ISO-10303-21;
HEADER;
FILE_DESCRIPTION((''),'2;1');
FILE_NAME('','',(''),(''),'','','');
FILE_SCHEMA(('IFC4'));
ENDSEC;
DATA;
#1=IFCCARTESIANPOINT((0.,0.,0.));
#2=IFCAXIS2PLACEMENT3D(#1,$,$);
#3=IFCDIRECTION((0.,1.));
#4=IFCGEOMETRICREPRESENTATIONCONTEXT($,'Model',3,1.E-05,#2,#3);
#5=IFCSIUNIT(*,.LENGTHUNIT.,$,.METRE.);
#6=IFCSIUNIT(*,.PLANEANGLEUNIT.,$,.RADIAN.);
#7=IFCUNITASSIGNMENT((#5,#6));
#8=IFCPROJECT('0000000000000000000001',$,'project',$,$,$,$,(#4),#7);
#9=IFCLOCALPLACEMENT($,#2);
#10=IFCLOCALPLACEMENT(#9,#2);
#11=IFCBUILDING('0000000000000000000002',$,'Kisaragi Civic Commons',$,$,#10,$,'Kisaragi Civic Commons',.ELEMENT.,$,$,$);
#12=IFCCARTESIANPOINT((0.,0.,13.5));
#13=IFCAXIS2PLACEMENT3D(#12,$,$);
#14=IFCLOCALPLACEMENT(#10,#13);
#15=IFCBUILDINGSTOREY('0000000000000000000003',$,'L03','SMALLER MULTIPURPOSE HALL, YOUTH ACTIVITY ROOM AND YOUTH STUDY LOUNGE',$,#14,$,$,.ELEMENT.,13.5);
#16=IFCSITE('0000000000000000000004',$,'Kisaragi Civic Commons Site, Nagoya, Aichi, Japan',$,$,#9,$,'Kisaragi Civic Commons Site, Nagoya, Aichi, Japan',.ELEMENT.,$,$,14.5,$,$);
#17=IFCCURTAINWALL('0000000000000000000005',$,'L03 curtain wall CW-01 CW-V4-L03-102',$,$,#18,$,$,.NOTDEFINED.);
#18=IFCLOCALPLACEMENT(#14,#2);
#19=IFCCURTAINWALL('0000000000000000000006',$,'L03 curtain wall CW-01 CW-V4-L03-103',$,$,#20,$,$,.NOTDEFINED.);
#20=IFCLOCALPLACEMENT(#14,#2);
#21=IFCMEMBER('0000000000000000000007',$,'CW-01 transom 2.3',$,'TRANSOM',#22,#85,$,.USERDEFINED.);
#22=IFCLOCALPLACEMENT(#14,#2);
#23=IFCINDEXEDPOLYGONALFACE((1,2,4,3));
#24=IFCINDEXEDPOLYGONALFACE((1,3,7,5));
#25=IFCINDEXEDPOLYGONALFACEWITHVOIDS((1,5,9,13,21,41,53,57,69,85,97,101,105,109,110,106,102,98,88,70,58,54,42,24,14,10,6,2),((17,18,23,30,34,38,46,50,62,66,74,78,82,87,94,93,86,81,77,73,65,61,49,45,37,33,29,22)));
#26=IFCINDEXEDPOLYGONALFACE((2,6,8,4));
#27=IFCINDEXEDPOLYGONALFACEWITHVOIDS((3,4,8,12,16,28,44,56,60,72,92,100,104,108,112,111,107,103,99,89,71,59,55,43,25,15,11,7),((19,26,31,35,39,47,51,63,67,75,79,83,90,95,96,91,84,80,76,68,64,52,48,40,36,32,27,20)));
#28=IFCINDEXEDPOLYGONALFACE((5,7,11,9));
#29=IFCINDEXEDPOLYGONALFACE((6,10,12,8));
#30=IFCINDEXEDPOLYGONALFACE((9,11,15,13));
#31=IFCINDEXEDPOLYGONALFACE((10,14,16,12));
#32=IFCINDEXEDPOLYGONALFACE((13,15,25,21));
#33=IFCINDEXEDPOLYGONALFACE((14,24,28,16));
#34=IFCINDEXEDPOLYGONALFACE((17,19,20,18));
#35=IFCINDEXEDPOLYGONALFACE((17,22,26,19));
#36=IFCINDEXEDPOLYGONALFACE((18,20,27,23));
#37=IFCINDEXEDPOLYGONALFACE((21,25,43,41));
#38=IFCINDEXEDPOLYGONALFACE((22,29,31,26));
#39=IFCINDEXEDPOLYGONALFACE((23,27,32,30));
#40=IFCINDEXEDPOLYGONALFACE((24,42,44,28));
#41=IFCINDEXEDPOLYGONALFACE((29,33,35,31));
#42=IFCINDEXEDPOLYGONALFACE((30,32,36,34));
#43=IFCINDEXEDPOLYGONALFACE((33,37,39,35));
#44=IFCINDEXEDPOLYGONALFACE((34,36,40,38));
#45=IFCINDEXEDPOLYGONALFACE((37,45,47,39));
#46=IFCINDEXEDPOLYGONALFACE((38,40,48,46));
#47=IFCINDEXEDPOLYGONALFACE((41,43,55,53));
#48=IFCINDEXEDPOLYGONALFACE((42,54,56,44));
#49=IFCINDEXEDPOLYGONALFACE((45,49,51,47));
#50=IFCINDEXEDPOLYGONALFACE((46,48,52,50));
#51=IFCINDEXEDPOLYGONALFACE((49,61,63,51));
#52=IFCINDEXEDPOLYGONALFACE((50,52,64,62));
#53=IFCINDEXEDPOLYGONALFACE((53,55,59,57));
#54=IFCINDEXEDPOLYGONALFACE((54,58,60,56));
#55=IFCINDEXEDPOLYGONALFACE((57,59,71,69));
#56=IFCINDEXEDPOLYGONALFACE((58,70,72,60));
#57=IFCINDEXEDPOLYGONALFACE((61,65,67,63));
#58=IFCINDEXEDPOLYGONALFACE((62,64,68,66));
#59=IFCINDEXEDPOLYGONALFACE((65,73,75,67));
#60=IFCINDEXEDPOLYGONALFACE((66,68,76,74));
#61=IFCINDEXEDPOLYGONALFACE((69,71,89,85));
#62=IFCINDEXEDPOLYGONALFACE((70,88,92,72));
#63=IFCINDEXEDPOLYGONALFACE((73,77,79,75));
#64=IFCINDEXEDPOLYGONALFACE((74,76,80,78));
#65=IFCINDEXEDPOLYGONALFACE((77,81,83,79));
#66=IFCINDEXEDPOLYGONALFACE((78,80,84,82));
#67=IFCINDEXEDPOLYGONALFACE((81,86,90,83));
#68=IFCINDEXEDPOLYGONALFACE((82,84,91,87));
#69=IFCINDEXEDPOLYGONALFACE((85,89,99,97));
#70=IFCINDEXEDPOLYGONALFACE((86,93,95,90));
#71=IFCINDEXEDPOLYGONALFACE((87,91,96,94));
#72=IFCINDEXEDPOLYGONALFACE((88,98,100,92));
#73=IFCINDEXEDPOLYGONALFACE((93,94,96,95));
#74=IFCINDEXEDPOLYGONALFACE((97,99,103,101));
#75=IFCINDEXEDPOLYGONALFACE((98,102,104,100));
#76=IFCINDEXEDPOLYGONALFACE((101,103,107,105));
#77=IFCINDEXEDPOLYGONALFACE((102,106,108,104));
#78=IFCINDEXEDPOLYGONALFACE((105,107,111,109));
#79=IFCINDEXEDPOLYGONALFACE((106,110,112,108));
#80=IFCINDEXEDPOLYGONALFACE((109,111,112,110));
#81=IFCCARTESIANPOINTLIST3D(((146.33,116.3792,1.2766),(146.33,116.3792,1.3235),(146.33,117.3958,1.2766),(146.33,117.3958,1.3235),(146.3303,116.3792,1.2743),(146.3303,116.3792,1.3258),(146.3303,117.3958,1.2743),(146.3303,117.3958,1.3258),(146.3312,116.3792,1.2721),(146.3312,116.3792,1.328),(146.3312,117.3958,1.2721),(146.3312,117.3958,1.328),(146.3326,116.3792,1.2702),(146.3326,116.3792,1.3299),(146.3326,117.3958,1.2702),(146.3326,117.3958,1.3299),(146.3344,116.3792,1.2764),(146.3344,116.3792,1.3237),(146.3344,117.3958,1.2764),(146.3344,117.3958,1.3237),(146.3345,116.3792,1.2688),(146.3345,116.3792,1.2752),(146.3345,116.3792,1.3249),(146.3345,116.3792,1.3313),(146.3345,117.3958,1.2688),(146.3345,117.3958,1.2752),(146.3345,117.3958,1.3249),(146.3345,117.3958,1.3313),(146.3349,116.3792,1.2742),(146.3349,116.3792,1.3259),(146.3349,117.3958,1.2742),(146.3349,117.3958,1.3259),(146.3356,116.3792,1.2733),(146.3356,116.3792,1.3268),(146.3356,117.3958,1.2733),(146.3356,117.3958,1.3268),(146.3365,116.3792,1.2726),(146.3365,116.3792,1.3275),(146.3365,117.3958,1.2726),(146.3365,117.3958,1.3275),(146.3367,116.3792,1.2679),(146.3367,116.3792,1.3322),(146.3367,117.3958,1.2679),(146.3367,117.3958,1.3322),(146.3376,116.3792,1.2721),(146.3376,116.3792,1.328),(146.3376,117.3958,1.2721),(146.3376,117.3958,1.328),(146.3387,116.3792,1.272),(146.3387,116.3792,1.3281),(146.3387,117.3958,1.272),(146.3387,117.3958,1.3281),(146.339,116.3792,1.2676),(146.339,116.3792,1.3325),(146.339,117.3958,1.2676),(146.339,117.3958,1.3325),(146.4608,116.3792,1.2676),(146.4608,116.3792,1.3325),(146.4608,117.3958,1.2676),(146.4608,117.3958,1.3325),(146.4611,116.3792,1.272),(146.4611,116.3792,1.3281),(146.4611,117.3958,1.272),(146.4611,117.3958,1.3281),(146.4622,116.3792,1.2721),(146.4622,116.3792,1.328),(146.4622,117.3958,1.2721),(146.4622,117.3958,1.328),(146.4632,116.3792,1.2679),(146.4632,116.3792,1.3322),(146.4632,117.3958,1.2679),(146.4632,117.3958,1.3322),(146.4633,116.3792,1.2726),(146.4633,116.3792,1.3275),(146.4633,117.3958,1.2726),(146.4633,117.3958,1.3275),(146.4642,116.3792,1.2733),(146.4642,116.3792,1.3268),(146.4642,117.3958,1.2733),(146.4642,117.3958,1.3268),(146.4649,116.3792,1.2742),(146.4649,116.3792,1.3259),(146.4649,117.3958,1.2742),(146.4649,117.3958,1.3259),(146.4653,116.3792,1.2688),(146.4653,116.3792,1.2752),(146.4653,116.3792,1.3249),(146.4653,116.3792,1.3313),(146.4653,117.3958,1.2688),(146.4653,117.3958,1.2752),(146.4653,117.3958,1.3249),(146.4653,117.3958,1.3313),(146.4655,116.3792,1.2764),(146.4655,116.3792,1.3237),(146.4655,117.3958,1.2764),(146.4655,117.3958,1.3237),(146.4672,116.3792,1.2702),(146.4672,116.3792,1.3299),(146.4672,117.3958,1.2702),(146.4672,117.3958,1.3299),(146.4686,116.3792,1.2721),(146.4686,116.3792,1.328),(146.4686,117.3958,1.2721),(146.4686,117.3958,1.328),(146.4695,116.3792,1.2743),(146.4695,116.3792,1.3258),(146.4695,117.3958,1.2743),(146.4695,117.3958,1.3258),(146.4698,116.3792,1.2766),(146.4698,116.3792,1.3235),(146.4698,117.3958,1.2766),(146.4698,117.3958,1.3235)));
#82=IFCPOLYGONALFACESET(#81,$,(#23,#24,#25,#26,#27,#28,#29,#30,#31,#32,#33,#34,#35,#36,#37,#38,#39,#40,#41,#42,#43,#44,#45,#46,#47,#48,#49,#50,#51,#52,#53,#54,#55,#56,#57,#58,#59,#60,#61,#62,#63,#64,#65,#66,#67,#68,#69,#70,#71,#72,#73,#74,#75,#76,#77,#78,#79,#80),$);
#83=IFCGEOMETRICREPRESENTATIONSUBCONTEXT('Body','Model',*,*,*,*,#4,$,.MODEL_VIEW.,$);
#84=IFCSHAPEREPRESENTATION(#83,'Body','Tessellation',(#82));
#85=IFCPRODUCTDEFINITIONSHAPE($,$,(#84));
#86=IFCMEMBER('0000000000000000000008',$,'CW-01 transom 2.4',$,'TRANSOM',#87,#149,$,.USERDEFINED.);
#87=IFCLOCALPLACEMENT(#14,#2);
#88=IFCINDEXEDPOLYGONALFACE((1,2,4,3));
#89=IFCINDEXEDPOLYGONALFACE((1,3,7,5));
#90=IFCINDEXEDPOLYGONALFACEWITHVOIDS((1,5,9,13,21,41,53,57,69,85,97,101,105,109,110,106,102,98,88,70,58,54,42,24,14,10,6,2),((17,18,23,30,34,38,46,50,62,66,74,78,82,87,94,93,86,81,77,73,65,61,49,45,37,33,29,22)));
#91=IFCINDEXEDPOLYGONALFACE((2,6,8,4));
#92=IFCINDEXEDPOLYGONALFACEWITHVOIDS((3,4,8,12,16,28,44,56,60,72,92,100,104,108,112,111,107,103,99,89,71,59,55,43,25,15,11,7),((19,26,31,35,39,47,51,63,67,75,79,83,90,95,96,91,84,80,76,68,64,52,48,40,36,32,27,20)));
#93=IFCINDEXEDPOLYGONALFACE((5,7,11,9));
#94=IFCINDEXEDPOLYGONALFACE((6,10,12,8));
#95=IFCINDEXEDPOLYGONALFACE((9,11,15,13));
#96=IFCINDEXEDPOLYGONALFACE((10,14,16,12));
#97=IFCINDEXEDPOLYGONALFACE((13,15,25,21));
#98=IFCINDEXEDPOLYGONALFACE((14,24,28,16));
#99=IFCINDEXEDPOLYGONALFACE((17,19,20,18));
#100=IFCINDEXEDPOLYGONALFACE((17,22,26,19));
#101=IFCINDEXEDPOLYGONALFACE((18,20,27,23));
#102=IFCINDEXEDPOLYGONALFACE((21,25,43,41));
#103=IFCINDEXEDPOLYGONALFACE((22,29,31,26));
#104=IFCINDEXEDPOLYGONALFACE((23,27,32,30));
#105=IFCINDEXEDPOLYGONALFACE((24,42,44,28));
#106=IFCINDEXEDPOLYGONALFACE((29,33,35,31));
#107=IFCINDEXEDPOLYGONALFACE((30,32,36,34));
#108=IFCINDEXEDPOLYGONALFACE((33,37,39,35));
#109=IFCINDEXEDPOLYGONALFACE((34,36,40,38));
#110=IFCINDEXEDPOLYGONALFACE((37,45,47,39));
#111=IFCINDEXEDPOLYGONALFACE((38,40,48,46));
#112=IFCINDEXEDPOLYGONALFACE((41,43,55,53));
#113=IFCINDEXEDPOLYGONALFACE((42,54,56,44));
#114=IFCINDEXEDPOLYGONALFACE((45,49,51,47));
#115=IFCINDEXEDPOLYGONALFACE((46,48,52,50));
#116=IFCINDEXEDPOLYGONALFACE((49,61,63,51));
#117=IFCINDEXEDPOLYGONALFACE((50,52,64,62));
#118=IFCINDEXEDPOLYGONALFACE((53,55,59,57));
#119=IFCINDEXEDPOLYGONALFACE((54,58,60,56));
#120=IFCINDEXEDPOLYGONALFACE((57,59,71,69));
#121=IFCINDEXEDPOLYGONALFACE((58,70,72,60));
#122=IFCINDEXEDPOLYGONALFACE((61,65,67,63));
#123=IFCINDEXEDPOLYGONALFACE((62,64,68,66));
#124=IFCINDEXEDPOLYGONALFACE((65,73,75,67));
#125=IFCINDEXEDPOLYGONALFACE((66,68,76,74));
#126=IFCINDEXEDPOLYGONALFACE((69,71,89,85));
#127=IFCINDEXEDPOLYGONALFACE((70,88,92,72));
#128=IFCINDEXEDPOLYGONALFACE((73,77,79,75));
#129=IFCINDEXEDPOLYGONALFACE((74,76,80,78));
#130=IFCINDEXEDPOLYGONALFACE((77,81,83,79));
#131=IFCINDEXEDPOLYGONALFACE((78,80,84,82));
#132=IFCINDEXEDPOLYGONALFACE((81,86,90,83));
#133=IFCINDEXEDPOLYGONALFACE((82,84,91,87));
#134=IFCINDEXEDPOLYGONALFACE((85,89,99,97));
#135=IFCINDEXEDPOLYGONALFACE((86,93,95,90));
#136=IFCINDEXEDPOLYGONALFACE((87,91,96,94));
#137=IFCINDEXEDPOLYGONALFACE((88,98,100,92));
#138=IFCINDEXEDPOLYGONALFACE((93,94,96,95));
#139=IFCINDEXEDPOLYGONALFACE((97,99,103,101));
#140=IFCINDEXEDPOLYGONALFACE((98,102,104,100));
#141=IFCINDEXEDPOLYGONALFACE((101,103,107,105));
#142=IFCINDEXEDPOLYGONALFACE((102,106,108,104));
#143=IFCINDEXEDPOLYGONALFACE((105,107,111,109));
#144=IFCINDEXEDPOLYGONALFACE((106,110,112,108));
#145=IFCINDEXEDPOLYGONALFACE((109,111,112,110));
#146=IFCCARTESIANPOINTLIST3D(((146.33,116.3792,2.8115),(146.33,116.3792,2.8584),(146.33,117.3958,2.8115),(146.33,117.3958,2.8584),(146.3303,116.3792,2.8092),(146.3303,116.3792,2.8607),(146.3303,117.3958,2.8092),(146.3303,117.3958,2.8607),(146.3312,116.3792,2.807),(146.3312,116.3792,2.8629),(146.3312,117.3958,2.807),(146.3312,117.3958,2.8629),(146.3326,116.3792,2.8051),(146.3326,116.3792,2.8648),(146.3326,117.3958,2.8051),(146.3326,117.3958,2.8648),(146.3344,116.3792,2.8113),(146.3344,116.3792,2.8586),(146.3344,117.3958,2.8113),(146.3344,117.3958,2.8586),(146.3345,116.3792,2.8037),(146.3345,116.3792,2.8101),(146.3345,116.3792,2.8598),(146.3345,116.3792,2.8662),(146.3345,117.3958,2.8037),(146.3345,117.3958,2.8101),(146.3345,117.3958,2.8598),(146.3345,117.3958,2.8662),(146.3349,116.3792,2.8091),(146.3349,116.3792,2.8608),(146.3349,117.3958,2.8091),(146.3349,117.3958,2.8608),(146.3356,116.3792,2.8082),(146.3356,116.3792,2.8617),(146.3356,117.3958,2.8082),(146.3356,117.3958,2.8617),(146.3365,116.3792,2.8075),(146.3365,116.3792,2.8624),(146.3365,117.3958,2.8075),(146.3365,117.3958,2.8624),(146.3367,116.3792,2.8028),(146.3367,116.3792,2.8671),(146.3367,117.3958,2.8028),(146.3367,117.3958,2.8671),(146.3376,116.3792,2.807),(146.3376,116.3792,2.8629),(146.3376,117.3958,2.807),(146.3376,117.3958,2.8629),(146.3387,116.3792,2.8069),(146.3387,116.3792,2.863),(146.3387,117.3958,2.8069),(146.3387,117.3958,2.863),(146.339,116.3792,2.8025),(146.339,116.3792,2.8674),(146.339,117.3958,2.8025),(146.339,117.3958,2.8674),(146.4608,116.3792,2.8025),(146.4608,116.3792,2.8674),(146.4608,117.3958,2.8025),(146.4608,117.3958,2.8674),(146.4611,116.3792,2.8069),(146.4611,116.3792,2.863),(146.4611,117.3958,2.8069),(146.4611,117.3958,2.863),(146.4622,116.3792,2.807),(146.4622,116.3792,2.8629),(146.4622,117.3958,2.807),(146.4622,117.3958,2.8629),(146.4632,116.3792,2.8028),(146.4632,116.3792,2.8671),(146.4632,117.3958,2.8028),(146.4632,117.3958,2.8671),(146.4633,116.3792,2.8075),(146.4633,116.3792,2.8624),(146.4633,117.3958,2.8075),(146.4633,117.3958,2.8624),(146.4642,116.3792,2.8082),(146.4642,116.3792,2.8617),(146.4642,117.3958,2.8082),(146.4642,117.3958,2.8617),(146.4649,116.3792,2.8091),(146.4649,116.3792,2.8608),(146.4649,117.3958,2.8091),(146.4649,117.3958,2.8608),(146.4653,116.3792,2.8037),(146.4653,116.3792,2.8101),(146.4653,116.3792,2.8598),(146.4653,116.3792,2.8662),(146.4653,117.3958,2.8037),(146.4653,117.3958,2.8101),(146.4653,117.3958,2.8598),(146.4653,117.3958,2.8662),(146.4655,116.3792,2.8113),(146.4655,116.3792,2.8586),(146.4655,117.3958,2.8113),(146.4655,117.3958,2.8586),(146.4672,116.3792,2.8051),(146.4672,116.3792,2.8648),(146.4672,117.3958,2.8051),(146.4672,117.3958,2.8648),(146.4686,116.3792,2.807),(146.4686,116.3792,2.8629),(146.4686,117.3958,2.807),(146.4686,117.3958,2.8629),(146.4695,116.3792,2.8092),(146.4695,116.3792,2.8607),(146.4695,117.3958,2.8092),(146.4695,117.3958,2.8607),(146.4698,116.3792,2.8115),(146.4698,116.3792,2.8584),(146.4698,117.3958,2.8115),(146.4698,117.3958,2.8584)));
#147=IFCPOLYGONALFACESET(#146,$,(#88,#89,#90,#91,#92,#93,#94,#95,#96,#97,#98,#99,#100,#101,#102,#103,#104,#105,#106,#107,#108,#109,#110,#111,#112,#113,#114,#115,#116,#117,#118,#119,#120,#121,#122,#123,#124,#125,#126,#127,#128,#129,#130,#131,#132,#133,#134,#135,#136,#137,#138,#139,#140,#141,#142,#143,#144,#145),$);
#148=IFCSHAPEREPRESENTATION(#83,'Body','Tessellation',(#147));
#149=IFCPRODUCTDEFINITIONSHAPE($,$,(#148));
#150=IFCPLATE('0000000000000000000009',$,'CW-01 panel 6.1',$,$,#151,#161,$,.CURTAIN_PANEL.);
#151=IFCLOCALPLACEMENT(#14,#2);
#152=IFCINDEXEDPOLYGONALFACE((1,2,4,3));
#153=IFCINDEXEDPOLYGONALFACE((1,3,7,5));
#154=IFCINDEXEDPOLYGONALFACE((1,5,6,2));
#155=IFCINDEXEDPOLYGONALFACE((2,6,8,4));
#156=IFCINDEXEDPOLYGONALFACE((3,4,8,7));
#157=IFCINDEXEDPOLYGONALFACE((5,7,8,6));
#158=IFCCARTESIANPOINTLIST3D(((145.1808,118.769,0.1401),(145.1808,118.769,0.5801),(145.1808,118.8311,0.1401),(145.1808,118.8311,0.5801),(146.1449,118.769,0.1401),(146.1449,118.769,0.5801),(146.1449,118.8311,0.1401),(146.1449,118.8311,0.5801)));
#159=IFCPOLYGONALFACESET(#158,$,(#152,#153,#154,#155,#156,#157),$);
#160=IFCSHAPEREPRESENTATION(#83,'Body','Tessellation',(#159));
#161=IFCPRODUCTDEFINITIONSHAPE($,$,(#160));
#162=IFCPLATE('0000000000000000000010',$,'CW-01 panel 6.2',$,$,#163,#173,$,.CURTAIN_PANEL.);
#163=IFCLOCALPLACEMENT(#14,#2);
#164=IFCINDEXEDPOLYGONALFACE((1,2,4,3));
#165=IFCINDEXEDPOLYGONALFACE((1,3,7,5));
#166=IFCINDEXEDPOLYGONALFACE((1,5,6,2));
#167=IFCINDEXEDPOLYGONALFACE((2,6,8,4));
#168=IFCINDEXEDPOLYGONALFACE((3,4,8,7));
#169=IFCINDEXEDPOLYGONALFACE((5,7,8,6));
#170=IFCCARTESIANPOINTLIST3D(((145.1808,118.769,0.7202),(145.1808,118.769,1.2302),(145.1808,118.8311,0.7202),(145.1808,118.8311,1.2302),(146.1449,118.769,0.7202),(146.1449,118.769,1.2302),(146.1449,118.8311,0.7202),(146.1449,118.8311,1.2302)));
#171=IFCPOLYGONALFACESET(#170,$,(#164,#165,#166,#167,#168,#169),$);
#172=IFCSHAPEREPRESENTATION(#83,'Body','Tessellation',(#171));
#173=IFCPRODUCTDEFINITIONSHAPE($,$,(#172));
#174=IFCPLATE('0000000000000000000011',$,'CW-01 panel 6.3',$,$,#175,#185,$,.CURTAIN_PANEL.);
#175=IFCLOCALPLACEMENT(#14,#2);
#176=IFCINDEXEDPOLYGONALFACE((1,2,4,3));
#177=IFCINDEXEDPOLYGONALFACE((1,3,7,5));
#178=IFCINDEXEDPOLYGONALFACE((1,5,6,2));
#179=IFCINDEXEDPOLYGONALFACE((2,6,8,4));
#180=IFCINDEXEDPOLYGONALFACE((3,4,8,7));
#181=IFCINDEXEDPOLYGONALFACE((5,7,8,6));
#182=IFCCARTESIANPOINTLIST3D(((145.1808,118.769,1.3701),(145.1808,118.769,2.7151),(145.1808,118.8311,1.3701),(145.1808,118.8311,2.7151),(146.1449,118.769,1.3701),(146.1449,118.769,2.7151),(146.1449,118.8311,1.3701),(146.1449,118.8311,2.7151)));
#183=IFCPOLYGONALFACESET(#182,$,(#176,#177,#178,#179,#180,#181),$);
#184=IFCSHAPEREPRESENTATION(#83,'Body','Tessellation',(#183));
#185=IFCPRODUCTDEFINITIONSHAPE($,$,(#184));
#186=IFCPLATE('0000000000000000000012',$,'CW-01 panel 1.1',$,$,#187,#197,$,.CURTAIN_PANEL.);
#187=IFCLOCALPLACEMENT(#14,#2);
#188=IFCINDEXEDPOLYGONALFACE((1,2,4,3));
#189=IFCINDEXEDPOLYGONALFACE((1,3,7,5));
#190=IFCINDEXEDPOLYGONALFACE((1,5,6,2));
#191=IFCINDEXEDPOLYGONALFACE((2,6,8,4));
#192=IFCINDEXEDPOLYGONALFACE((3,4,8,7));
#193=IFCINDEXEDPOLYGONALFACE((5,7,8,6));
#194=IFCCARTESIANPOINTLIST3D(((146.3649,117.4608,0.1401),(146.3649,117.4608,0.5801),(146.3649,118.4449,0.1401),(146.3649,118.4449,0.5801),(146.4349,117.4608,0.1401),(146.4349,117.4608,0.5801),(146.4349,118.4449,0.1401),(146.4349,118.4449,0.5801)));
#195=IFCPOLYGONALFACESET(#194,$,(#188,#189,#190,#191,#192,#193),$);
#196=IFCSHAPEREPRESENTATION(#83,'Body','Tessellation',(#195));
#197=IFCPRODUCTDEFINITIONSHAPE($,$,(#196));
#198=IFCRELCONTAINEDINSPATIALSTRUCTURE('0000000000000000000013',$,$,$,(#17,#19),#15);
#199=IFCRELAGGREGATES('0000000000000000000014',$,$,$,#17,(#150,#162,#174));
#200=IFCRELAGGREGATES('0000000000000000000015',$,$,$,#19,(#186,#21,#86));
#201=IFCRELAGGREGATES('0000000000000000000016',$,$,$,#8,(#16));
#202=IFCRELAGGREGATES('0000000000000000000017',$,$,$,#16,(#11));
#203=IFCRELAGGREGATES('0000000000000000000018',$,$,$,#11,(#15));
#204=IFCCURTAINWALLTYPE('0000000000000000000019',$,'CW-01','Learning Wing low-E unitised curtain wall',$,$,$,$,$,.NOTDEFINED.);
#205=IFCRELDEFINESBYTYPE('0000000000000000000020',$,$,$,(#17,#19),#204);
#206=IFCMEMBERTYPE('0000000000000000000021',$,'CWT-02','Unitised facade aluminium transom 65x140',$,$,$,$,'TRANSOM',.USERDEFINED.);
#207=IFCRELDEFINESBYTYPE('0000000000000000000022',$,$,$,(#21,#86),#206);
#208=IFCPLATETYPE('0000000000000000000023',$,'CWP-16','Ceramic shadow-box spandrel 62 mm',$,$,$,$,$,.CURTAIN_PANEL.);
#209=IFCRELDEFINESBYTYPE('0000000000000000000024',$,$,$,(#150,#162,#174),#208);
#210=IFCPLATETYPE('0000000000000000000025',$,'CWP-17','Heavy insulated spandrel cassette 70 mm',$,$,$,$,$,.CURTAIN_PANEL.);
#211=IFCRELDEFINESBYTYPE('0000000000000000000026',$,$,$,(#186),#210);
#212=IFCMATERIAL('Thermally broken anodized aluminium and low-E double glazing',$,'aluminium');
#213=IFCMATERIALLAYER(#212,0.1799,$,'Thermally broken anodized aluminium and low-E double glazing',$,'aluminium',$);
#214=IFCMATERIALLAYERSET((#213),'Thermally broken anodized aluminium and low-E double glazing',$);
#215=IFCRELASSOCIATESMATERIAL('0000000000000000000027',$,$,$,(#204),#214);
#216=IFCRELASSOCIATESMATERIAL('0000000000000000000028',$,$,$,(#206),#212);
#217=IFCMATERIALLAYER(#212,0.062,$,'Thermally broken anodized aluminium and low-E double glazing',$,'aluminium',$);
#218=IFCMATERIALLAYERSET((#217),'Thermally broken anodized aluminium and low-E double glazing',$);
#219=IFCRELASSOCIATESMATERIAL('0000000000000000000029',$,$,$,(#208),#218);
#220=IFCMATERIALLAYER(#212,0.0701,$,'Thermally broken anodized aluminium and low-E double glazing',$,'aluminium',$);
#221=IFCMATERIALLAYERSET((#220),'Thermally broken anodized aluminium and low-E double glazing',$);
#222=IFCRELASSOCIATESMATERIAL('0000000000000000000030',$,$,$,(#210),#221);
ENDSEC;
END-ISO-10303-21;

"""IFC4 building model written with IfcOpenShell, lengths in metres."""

from ifc_helpers import new_model, si_unit, direction, frame, origin, origin_2d, place, context, subcontext, project, spatial, rectangle, hollow_rectangle, extrude, material, layer, layer_set, material_profile, profile_set, type_object, element, aggregate, save


model = new_model("IFC4")

# Units and contexts
model_context = context("Model", 3, precision=1e-05, world=origin(), true_north=direction((0.0, 1.0)))
body_context = subcontext(model_context, "Body", "Model", "MODEL_VIEW")
ifc_project = project(units=[si_unit("LENGTHUNIT", "METRE"), si_unit("PLANEANGLEUNIT", "RADIAN")], contexts=[model_context])

# Site, building, storey
site_placement = place(None, origin())
site = spatial("IfcSite", under=ifc_project, at=site_placement, Name="Kisaragi Civic Commons Site, Nagoya, Aichi, Japan", LongName="Kisaragi Civic Commons Site, Nagoya, Aichi, Japan", CompositionType="ELEMENT", RefElevation=14.5)
building_placement = place(site_placement, origin())
building = spatial("IfcBuilding", under=site, at=building_placement, Name="Kisaragi Civic Commons", LongName="Kisaragi Civic Commons", CompositionType="ELEMENT")
storey_placement = place(building_placement, frame((0.0, 0.0, 13.5)))
storey = spatial("IfcBuildingStorey", under=building, at=storey_placement, Name="L03", Description="SMALLER MULTIPURPOSE HALL, YOUTH ACTIVITY ROOM AND YOUTH STUDY LOUNGE", CompositionType="ELEMENT", Elevation=13.5)

# Curtain wall
ifc_material_1 = material(Name="Thermally broken anodized aluminium and low-E double glazing", Category="aluminium")
ifc_layer_1 = layer(ifc_material_1, 0.1799, Name="Thermally broken anodized aluminium and low-E double glazing", Category="aluminium")
ifc_layer_set_1 = layer_set([ifc_layer_1], Name="Thermally broken anodized aluminium and low-E double glazing")
curtain_wall_type = type_object("IfcCurtainWallType", Name="CW-01", Description="Learning Wing low-E unitised curtain wall", PredefinedType="NOTDEFINED", material=ifc_layer_set_1)
curtain_wall_1_placement = place(storey_placement, origin())
curtain_wall_1 = element("IfcCurtainWall", 1, at=curtain_wall_1_placement, inside=storey, type_object=curtain_wall_type, Name="L03 curtain wall CW-01 CW-V4-L03-102", PredefinedType="NOTDEFINED")

# Curtain wall
curtain_wall_2_placement = place(storey_placement, origin())
curtain_wall_2 = element("IfcCurtainWall", 2, at=curtain_wall_2_placement, inside=storey, type_object=curtain_wall_type, Name="L03 curtain wall CW-01 CW-V4-L03-103", PredefinedType="NOTDEFINED")

# Members
ifc_material_profile_1 = material_profile(ifc_material_1, hollow_rectangle(XDim=0.1399, YDim=0.0649, WallThickness=0.0044, InnerFilletRadius=0.0044, OuterFilletRadius=0.009, at=origin_2d()), Name="CWT-65x140x4.5", Category="aluminium")
ifc_profile_set_1 = profile_set([ifc_material_profile_1], Name="Thermally broken anodized aluminium and low-E double glazing")
member_type_1 = type_object("IfcMemberType", Name="CWT-02", Description="Unitised facade aluminium transom 65x140", ElementType="TRANSOM", PredefinedType="USERDEFINED", material=ifc_profile_set_1)
member_1_placement = place(storey_placement, frame((146.3999, 117.3958, 1.3), z_axis=(0.0, -1.0, 0.0), x_axis=(1.0, 0.0, 0.0)))
member_1 = element("IfcMember", 3, at=member_1_placement, type_object=member_type_1, Name="CW-01 transom 2.3", ObjectType="TRANSOM", PredefinedType="USERDEFINED", context=body_context, shape_type="SweptSolid", body=[
    extrude(hollow_rectangle(XDim=0.1399, YDim=0.0649, WallThickness=0.0044, InnerFilletRadius=0.0044, OuterFilletRadius=0.009, at=origin_2d()), origin(), (0.0, 0.0, 1.0), 1.0166),
])
member_2_placement = place(storey_placement, frame((146.3999, 117.3958, 2.835), z_axis=(0.0, -1.0, 0.0), x_axis=(1.0, 0.0, 0.0)))
member_2 = element("IfcMember", 4, at=member_2_placement, type_object=member_type_1, Name="CW-01 transom 2.4", ObjectType="TRANSOM", PredefinedType="USERDEFINED", context=body_context, shape_type="SweptSolid", body=[
    extrude(hollow_rectangle(XDim=0.1399, YDim=0.0649, WallThickness=0.0044, InnerFilletRadius=0.0044, OuterFilletRadius=0.009, at=origin_2d()), origin(), (0.0, 0.0, 1.0), 1.0166),
])

# Plates
ifc_layer_2 = layer(ifc_material_1, 0.062, Name="Thermally broken anodized aluminium and low-E double glazing", Category="aluminium")
ifc_layer_set_2 = layer_set([ifc_layer_2], Name="Thermally broken anodized aluminium and low-E double glazing")
plate_type_1 = type_object("IfcPlateType", Name="CWP-16", Description="Ceramic shadow-box spandrel 62 mm", PredefinedType="CURTAIN_PANEL", material=ifc_layer_set_2)
plate_1_placement = place(storey_placement, frame((145.6628, 118.8, 0.1401), z_axis=(0.0, 0.0, 1.0), x_axis=(1.0, 0.0, 0.0)))
plate_1 = element("IfcPlate", 5, at=plate_1_placement, type_object=plate_type_1, Name="CW-01 panel 6.1", PredefinedType="CURTAIN_PANEL", context=body_context, shape_type="SweptSolid", body=[
    extrude(rectangle(XDim=0.9641, YDim=0.062, at=origin_2d()), origin(), (0.0, 0.0, 1.0), 0.4399),
])
plate_2_placement = place(storey_placement, frame((145.6628, 118.8, 0.7202), z_axis=(0.0, 0.0, 1.0), x_axis=(1.0, 0.0, 0.0)))
plate_2 = element("IfcPlate", 6, at=plate_2_placement, type_object=plate_type_1, Name="CW-01 panel 6.2", PredefinedType="CURTAIN_PANEL", context=body_context, shape_type="SweptSolid", body=[
    extrude(rectangle(XDim=0.9641, YDim=0.062, at=origin_2d()), origin(), (0.0, 0.0, 1.0), 0.51),
])
plate_3_placement = place(storey_placement, frame((145.6628, 118.8, 1.3701), z_axis=(0.0, 0.0, 1.0), x_axis=(1.0, 0.0, 0.0)))
plate_3 = element("IfcPlate", 7, at=plate_3_placement, type_object=plate_type_1, Name="CW-01 panel 6.3", PredefinedType="CURTAIN_PANEL", context=body_context, shape_type="SweptSolid", body=[
    extrude(rectangle(XDim=0.9641, YDim=0.062, at=origin_2d()), origin(), (0.0, 0.0, 1.0), 1.345),
])
aggregate(curtain_wall_1, [plate_1, plate_2, plate_3])
ifc_layer_3 = layer(ifc_material_1, 0.0701, Name="Thermally broken anodized aluminium and low-E double glazing", Category="aluminium")
ifc_layer_set_3 = layer_set([ifc_layer_3], Name="Thermally broken anodized aluminium and low-E double glazing")
plate_type_2 = type_object("IfcPlateType", Name="CWP-17", Description="Heavy insulated spandrel cassette 70 mm", PredefinedType="CURTAIN_PANEL", material=ifc_layer_set_3)
plate_4_placement = place(storey_placement, frame((146.3999, 117.9529, 0.1401), z_axis=(0.0, 0.0, 1.0), x_axis=(0.0, -1.0, 0.0)))
plate_4 = element("IfcPlate", 8, at=plate_4_placement, type_object=plate_type_2, Name="CW-01 panel 1.1", PredefinedType="CURTAIN_PANEL", context=body_context, shape_type="SweptSolid", body=[
    extrude(rectangle(XDim=0.9841, YDim=0.0701, at=origin_2d()), origin(), (0.0, 0.0, 1.0), 0.4399),
])
aggregate(curtain_wall_2, [plate_4, member_1, member_2])

save(model, "model.ifc")
